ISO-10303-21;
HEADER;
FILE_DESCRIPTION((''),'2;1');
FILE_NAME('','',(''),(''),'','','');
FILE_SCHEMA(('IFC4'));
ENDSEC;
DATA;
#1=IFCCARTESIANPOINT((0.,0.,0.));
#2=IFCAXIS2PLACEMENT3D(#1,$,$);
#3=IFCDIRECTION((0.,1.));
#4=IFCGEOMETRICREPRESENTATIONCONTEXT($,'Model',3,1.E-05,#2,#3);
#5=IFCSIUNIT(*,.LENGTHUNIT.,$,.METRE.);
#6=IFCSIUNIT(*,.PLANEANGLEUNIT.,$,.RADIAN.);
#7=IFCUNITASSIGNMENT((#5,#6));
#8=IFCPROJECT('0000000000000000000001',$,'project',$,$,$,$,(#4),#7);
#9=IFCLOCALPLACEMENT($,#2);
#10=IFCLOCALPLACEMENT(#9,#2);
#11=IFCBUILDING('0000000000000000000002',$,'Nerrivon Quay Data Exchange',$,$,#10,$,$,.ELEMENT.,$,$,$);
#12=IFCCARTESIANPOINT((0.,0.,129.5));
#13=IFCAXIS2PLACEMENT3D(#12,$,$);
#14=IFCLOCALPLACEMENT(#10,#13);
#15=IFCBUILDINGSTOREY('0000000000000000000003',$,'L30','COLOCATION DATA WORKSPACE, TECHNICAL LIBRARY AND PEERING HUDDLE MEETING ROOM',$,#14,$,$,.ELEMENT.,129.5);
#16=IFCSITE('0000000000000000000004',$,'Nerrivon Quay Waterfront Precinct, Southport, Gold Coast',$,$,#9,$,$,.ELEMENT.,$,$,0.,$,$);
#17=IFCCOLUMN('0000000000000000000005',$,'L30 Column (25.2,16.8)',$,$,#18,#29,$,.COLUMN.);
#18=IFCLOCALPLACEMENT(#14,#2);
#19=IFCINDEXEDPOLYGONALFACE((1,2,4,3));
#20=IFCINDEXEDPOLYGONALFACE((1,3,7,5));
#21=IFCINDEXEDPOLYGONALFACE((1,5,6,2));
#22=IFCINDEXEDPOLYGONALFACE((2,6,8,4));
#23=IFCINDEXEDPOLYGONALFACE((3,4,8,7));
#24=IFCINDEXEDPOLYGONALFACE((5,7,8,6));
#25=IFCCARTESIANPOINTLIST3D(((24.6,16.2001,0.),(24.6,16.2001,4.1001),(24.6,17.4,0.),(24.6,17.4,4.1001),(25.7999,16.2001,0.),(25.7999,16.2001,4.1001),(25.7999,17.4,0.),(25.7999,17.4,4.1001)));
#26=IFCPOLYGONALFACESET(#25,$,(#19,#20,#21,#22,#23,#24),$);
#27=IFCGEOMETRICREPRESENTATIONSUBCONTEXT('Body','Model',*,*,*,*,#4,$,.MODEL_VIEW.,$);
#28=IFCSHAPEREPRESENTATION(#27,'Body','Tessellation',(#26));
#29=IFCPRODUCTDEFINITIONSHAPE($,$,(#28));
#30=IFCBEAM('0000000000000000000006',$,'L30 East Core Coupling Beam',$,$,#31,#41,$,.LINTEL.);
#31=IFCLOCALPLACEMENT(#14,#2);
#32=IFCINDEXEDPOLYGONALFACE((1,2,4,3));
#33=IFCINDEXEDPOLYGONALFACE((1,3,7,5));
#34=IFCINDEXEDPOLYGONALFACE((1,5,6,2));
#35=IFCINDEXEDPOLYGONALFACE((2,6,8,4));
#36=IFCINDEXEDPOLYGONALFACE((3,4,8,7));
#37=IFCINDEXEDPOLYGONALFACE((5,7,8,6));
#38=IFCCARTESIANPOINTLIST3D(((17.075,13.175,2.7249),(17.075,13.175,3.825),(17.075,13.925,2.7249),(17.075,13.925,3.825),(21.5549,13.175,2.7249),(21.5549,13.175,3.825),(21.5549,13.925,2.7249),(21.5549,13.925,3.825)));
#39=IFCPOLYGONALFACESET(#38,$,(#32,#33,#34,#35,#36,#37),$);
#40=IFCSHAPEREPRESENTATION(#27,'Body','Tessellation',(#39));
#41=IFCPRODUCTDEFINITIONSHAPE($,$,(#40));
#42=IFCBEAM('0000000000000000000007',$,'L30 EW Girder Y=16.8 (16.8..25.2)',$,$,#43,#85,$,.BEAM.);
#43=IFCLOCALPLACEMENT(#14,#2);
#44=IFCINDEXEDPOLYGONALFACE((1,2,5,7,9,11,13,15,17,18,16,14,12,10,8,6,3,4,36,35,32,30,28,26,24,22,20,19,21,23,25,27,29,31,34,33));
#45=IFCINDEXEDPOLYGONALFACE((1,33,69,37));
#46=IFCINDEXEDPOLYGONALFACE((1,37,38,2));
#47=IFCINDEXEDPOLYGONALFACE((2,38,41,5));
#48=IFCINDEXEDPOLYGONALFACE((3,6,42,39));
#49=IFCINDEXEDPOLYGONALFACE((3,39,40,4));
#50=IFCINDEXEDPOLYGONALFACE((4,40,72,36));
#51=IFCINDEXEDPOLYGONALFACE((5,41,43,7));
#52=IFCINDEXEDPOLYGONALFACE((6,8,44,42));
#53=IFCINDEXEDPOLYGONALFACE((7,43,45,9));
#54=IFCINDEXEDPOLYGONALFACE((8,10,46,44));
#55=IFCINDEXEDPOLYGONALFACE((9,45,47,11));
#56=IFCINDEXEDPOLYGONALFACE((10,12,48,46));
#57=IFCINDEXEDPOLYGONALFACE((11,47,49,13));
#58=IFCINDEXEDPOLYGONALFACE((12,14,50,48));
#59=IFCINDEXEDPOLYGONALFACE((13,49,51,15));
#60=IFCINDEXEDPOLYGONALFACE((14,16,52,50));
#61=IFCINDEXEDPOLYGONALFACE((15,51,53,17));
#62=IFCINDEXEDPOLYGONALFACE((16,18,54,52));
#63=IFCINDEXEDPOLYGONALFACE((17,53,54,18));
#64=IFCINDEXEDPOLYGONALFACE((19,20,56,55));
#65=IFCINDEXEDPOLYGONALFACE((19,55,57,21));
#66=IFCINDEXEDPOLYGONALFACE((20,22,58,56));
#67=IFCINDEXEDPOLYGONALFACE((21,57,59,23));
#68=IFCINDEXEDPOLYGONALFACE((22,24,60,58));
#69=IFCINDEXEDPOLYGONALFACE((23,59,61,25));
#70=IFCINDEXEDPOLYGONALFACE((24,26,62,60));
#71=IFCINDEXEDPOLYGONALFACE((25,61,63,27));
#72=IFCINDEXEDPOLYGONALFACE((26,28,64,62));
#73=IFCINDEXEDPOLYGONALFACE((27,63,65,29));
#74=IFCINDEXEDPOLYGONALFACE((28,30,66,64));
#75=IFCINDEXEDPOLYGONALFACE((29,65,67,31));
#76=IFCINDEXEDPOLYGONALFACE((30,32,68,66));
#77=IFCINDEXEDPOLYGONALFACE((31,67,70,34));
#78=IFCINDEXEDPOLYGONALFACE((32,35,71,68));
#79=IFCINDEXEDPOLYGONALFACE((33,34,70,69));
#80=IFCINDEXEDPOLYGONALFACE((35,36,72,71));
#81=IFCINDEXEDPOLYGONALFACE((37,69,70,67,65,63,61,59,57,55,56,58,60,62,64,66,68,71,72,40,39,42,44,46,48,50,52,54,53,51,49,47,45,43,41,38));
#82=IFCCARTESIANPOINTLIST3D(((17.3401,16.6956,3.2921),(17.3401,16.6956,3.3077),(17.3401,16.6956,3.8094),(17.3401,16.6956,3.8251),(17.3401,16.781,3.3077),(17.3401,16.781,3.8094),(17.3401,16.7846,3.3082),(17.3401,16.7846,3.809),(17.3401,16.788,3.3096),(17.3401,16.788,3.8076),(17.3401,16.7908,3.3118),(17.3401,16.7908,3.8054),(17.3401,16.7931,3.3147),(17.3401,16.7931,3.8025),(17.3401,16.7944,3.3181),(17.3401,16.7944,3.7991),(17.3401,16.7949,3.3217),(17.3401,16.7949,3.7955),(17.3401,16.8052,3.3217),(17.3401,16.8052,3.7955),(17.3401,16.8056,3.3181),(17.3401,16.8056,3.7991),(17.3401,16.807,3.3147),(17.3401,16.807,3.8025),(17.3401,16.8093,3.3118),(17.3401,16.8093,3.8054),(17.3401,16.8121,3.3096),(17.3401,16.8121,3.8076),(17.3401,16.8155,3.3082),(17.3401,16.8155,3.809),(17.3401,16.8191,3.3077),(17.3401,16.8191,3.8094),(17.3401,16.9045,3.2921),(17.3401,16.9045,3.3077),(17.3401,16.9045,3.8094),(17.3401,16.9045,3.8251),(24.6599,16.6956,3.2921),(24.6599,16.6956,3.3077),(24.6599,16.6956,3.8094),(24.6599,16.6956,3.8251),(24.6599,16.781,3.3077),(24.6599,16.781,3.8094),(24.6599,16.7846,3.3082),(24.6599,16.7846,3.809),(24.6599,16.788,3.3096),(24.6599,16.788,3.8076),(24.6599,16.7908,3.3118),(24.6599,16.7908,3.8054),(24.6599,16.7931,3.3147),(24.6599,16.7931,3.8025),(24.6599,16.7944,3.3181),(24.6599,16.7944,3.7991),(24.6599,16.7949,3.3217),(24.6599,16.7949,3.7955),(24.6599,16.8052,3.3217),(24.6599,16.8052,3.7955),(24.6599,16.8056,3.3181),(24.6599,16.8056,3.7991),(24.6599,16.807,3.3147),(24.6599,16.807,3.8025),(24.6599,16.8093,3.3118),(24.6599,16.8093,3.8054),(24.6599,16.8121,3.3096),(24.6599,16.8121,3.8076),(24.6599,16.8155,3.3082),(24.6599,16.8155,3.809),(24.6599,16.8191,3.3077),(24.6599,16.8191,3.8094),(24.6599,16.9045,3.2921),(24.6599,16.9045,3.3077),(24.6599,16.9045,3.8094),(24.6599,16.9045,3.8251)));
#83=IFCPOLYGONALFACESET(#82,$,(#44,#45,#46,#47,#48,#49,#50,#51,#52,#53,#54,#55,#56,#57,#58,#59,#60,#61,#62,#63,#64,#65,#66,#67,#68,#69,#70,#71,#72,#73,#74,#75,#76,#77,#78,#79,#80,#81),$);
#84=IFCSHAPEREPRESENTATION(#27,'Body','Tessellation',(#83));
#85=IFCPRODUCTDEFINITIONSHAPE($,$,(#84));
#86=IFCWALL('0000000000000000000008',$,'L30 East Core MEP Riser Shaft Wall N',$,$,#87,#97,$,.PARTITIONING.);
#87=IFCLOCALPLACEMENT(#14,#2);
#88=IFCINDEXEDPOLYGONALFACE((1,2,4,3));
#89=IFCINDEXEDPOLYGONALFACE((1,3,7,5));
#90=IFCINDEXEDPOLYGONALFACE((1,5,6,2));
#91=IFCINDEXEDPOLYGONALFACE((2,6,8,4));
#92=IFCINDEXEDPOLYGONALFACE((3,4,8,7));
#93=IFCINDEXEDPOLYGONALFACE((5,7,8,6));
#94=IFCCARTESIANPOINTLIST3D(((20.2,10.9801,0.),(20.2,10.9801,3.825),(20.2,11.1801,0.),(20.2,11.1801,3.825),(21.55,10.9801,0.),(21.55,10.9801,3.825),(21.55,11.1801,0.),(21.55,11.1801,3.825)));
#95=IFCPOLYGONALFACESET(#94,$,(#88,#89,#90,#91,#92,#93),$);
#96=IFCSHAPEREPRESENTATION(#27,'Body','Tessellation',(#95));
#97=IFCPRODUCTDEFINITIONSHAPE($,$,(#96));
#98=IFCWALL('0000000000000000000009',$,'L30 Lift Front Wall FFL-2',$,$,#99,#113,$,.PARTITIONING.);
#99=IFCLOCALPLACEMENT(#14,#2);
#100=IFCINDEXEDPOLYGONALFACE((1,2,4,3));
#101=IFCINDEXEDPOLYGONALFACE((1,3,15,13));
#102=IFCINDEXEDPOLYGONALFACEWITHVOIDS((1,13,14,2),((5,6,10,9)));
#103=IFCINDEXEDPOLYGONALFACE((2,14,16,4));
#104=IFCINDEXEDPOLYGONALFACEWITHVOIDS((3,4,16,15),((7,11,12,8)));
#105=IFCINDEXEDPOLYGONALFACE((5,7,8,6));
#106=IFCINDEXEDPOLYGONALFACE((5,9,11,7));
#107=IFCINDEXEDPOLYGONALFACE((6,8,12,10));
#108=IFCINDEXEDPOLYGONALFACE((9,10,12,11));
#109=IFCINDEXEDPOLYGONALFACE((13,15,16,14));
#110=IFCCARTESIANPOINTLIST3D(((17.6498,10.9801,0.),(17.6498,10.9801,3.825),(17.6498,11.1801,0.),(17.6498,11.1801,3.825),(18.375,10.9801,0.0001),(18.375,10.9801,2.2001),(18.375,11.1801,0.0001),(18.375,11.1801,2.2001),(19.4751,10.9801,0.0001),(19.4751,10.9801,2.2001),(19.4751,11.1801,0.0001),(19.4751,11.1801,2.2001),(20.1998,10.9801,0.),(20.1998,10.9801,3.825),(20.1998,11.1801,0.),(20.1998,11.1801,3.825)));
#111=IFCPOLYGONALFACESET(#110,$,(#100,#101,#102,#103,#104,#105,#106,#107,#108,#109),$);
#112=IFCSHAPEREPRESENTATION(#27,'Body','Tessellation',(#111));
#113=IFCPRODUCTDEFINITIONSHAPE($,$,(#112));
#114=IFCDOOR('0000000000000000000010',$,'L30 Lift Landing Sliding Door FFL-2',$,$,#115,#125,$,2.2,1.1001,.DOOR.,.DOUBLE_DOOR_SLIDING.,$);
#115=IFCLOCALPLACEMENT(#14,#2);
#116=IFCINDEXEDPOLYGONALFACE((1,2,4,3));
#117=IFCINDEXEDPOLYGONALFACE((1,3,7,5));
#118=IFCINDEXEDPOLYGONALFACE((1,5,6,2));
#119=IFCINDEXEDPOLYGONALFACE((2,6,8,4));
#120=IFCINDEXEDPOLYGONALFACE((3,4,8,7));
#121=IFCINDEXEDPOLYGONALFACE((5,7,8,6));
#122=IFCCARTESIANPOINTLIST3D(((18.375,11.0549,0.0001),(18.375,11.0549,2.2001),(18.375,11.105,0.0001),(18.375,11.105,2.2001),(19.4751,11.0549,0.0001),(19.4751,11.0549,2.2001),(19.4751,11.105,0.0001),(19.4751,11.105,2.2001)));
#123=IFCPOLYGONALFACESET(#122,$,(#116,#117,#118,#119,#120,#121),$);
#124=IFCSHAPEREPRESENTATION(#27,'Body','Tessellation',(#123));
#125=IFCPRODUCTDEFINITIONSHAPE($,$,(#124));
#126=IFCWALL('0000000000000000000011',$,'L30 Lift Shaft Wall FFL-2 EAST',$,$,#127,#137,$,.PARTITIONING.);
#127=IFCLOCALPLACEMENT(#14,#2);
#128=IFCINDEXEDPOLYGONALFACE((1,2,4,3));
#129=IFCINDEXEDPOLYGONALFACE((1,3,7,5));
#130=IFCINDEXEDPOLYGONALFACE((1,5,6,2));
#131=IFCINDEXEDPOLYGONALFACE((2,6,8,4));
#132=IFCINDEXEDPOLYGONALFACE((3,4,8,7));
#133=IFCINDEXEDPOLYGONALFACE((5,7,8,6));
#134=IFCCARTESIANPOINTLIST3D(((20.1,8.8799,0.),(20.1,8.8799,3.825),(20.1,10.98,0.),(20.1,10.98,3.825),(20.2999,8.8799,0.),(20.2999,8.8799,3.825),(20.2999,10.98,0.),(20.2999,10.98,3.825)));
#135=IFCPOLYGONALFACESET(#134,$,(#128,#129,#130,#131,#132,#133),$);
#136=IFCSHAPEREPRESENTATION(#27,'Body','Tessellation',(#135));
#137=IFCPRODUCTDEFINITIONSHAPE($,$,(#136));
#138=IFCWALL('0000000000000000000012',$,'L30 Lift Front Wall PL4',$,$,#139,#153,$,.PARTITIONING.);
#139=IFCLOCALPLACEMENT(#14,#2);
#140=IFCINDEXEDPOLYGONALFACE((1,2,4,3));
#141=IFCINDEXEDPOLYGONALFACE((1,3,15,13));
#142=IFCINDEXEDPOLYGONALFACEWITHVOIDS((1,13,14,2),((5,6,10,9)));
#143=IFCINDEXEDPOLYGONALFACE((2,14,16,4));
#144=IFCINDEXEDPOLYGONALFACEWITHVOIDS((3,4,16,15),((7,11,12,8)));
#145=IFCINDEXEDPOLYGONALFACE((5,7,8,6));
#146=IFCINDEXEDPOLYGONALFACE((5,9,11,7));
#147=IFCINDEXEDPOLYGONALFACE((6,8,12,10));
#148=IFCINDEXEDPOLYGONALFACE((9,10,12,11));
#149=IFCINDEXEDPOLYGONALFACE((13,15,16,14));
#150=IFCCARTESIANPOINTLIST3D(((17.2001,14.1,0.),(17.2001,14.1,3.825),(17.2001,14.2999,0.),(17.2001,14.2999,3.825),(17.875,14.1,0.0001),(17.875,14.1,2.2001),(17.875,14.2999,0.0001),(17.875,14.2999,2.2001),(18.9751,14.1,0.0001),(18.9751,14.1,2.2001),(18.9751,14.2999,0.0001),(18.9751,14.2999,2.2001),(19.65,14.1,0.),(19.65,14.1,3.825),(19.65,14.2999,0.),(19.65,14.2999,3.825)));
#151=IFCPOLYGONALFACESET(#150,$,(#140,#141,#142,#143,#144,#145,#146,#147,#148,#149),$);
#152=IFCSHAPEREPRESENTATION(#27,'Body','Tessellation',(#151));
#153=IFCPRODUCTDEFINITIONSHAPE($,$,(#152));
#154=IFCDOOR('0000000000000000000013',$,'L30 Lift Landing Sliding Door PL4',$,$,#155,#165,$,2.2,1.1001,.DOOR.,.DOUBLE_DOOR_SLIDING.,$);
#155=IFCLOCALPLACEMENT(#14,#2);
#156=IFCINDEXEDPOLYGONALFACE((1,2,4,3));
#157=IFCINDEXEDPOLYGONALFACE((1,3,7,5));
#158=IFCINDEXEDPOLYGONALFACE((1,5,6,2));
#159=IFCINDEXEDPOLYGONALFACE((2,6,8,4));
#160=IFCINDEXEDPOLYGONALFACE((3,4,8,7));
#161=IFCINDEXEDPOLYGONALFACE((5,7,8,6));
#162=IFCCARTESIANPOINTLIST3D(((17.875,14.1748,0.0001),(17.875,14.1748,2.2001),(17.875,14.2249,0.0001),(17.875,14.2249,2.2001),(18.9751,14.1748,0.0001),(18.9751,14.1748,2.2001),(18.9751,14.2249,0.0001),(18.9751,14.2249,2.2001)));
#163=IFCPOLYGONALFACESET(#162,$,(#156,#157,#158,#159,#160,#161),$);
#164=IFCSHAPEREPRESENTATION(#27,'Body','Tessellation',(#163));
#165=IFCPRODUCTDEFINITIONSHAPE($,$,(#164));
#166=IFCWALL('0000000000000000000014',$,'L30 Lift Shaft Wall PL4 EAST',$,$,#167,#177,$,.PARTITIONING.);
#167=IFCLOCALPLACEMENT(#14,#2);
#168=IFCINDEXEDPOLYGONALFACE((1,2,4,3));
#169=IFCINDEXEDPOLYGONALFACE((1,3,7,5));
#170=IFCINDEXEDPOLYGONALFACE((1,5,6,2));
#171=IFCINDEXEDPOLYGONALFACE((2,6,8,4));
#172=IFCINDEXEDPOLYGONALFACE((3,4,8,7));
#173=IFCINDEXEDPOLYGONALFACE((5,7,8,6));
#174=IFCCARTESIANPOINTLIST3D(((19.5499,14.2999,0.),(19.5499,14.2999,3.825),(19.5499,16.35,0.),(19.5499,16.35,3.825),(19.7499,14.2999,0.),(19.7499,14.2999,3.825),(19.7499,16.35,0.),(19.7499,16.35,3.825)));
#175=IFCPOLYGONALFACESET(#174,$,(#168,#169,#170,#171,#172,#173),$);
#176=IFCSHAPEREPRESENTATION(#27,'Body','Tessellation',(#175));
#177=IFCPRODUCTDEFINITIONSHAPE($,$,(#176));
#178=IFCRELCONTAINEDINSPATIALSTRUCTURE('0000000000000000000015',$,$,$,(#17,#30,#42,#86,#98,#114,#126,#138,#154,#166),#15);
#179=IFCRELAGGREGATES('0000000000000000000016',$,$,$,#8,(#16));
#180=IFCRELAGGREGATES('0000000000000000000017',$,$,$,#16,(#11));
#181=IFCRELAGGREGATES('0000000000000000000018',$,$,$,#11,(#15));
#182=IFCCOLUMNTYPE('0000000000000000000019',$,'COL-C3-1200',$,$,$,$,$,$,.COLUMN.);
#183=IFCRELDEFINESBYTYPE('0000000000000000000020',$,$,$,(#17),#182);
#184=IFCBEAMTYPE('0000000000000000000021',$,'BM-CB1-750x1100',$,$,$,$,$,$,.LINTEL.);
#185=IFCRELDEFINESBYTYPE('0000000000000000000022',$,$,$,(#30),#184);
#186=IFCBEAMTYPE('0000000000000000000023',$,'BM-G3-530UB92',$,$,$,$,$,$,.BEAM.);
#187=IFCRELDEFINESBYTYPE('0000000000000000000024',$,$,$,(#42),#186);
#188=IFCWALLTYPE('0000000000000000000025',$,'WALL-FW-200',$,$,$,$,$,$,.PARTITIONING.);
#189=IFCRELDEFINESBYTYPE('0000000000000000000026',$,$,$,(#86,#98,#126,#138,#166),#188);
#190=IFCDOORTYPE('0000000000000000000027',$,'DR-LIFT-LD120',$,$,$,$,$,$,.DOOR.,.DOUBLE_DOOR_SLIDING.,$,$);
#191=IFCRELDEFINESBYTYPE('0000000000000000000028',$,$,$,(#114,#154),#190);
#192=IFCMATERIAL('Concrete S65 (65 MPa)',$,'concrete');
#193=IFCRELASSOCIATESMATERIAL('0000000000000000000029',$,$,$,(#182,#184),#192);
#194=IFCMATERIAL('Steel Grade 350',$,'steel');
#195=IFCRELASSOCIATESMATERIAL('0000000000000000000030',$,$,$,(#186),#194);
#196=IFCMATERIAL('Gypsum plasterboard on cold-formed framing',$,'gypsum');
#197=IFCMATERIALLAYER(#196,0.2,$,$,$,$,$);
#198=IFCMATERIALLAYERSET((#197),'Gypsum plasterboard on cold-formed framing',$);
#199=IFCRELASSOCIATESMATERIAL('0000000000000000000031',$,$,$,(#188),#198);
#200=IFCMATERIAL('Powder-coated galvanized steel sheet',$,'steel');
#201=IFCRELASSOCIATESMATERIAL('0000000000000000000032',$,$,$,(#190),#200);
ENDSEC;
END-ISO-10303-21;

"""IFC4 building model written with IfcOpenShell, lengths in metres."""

from ifc_helpers import new_model, si_unit, direction, frame, frame_2d, origin, origin_2d, place, context, subcontext, project, spatial, rectangle, i_section, extrude, material, layer, layer_set, material_profile, profile_set, type_object, element, fill, save


model = new_model("IFC4")

# Units and contexts
model_context = context("Model", 3, precision=1e-05, world=origin(), true_north=direction((0.0, 1.0)))
body_context = subcontext(model_context, "Body", "Model", "MODEL_VIEW")
ifc_project = project(units=[si_unit("LENGTHUNIT", "METRE"), si_unit("PLANEANGLEUNIT", "RADIAN")], contexts=[model_context])

# Site, building, storey
site_placement = place(None, origin())
site = spatial("IfcSite", under=ifc_project, at=site_placement, Name="Nerrivon Quay Waterfront Precinct, Southport, Gold Coast", CompositionType="ELEMENT", RefElevation=0.0)
building_placement = place(site_placement, origin())
building = spatial("IfcBuilding", under=site, at=building_placement, Name="Nerrivon Quay Data Exchange", CompositionType="ELEMENT")
storey_placement = place(building_placement, frame((0.0, 0.0, 129.5)))
storey = spatial("IfcBuildingStorey", under=building, at=storey_placement, Name="L30", Description="COLOCATION DATA WORKSPACE, TECHNICAL LIBRARY AND PEERING HUDDLE MEETING ROOM", CompositionType="ELEMENT", Elevation=129.5)

# Column
ifc_material_1 = material(Name="Concrete S65 (65 MPa)", Category="concrete")
ifc_material_profile_1 = material_profile(ifc_material_1, rectangle(XDim=1.2, YDim=1.2, at=origin_2d()), Name="RC-COL-1200x1200")
ifc_profile_set_1 = profile_set([ifc_material_profile_1], Name="Concrete S65 (65 MPa)")
column_type = type_object("IfcColumnType", Name="COL-C3-1200", PredefinedType="COLUMN", material=ifc_profile_set_1)
column_placement = place(storey_placement, frame((25.2, 16.8, 0.0), z_axis=(0.0, 0.0, 1.0), x_axis=(1.0, 0.0, 0.0)))
element("IfcColumn", 1, at=column_placement, inside=storey, type_object=column_type, Name="L30 Column (25.2,16.8)", PredefinedType="COLUMN", context=body_context, shape_type="SweptSolid", body=[
    extrude(rectangle(XDim=1.2, YDim=1.2, at=origin_2d()), origin(), (0.0, 0.0, 1.0), 4.1001),
])

# Beams
ifc_material_profile_2 = material_profile(ifc_material_1, rectangle(XDim=0.75, YDim=1.1001, at=origin_2d()), Name="RC-CB-750x1100")
ifc_profile_set_2 = profile_set([ifc_material_profile_2], Name="Concrete S65 (65 MPa)")
beam_type_1 = type_object("IfcBeamType", Name="BM-CB1-750x1100", PredefinedType="LINTEL", material=ifc_profile_set_2)
beam_1_placement = place(storey_placement, frame((17.075, 13.55, 3.2749), z_axis=(1.0, 0.0, 0.0), x_axis=(0.0, 1.0, 0.0)))
element("IfcBeam", 2, at=beam_1_placement, inside=storey, type_object=beam_type_1, Name="L30 East Core Coupling Beam", PredefinedType="LINTEL", context=body_context, shape_type="SweptSolid", body=[
    extrude(rectangle(XDim=0.75, YDim=1.1001, at=origin_2d()), origin(), (0.0, 0.0, 1.0), 4.48),
])
ifc_material_2 = material(Name="Steel Grade 350", Category="steel")
ifc_material_profile_3 = material_profile(ifc_material_2, i_section(OverallWidth=0.209, OverallDepth=0.533, WebThickness=0.0103, FlangeThickness=0.0156, FilletRadius=0.0139, at=origin_2d()), Name="530UB92.4")
ifc_profile_set_3 = profile_set([ifc_material_profile_3], Name="Steel Grade 350")
beam_type_2 = type_object("IfcBeamType", Name="BM-G3-530UB92", PredefinedType="BEAM", material=ifc_profile_set_3)
beam_2_placement = place(storey_placement, frame((17.3401, 16.8, 3.5586), z_axis=(1.0, 0.0, 0.0), x_axis=(0.0, 1.0, 0.0)))
element("IfcBeam", 3, at=beam_2_placement, inside=storey, type_object=beam_type_2, Name="L30 EW Girder Y=16.8 (16.8..25.2)", PredefinedType="BEAM", context=body_context, shape_type="SweptSolid", body=[
    extrude(i_section(OverallWidth=0.209, OverallDepth=0.533, WebThickness=0.0103, FlangeThickness=0.0156, FilletRadius=0.0139, at=origin_2d()), origin(), (0.0, 0.0, 1.0), 7.3198),
])

# Wall
ifc_material_3 = material(Name="Gypsum plasterboard on cold-formed framing", Category="gypsum")
ifc_layer_1 = layer(ifc_material_3, 0.2)
ifc_layer_set_1 = layer_set([ifc_layer_1], Name="Gypsum plasterboard on cold-formed framing")
wall_type_1 = type_object("IfcWallType", Name="WALL-FW-200", PredefinedType="PARTITIONING", material=ifc_layer_set_1)
wall_1_placement = place(storey_placement, frame((20.2, 11.0801, 0.0), z_axis=(0.0, 0.0, 1.0), x_axis=(1.0, 0.0, 0.0)))
element("IfcWall", 4, at=wall_1_placement, inside=storey, type_object=wall_type_1, Name="L30 East Core MEP Riser Shaft Wall N", PredefinedType="PARTITIONING", context=body_context, shape_type="SweptSolid", body=[
    extrude(rectangle(XDim=1.3501, YDim=0.2, at=frame_2d((0.675, 0.0))), origin(), (0.0, 0.0, 1.0), 3.825),
])

# Wall, opening, door
wall_2_placement = place(storey_placement, frame((17.6499, 11.0801, 0.0), z_axis=(0.0, 0.0, 1.0), x_axis=(1.0, 0.0, 0.0)))
wall_2 = element("IfcWall", 5, at=wall_2_placement, inside=storey, type_object=wall_type_1, Name="L30 Lift Front Wall FFL-2", PredefinedType="PARTITIONING", context=body_context, shape_type="SweptSolid", body=[
    extrude(rectangle(XDim=2.55, YDim=0.2, at=frame_2d((1.2749, 0.0))), origin(), (0.0, 0.0, 1.0), 3.825),
])
opening_1_placement = place(wall_2_placement, frame((0.7251, 0.0, 0.0)))
opening_1 = element("IfcOpeningElement", 6, at=opening_1_placement, cuts=wall_2, PredefinedType="OPENING", context=body_context, shape_type="SweptSolid", body=[
    extrude(rectangle(XDim=1.1001, YDim=2.2, at=frame_2d((0.55, 1.1001))), frame((0.0, 0.1099, 0.0), z_axis=(0.0, -1.0, 0.0), x_axis=(1.0, 0.0, 0.0)), (0.0, 0.0, 1.0), 0.22),
])
ifc_material_4 = material(Name="Powder-coated galvanized steel sheet", Category="steel")
door_type_1 = type_object("IfcDoorType", Name="DR-LIFT-LD120", OperationType="DOUBLE_DOOR_SLIDING", PredefinedType="DOOR", material=ifc_material_4)
door_1_placement = place(opening_1_placement, origin())
door_1 = element("IfcDoor", 7, at=door_1_placement, inside=storey, type_object=door_type_1, Name="L30 Lift Landing Sliding Door FFL-2", OperationType="DOUBLE_DOOR_SLIDING", OverallHeight=2.2, OverallWidth=1.1001, PredefinedType="DOOR", context=body_context, shape_type="SweptSolid", body=[
    extrude(rectangle(XDim=1.1001, YDim=2.2, at=frame_2d((0.55, 1.1001))), frame((0.0, 0.0249, 0.0), z_axis=(0.0, -1.0, 0.0), x_axis=(1.0, 0.0, 0.0)), (0.0, 0.0, 1.0), 0.05),
])
fill(opening_1, door_1)

# Wall
wall_3_placement = place(storey_placement, frame((20.2, 8.8799, 0.0), z_axis=(0.0, 0.0, 1.0), x_axis=(0.0, 1.0, 0.0)))
element("IfcWall", 8, at=wall_3_placement, inside=storey, type_object=wall_type_1, Name="L30 Lift Shaft Wall FFL-2 EAST", PredefinedType="PARTITIONING", context=body_context, shape_type="SweptSolid", body=[
    extrude(rectangle(XDim=2.1001, YDim=0.2, at=frame_2d((1.05, 0.0))), origin(), (0.0, 0.0, 1.0), 3.825),
])

# Wall, opening, door
wall_4_placement = place(storey_placement, frame((17.2, 14.2, 0.0), z_axis=(0.0, 0.0, 1.0), x_axis=(1.0, 0.0, 0.0)))
wall_4 = element("IfcWall", 9, at=wall_4_placement, inside=storey, type_object=wall_type_1, Name="L30 Lift Front Wall PL4", PredefinedType="PARTITIONING", context=body_context, shape_type="SweptSolid", body=[
    extrude(rectangle(XDim=2.45, YDim=0.2, at=frame_2d((1.2251, 0.0))), origin(), (0.0, 0.0, 1.0), 3.825),
])
opening_2_placement = place(wall_4_placement, frame((0.675, 0.0, 0.0)))
opening_2 = element("IfcOpeningElement", 10, at=opening_2_placement, cuts=wall_4, PredefinedType="OPENING", context=body_context, shape_type="SweptSolid", body=[
    extrude(rectangle(XDim=1.1001, YDim=2.2, at=frame_2d((0.55, 1.1001))), frame((0.0, 0.1099, 0.0), z_axis=(0.0, -1.0, 0.0), x_axis=(1.0, 0.0, 0.0)), (0.0, 0.0, 1.0), 0.22),
])
door_2_placement = place(opening_2_placement, origin())
door_2 = element("IfcDoor", 11, at=door_2_placement, inside=storey, type_object=door_type_1, Name="L30 Lift Landing Sliding Door PL4", OperationType="DOUBLE_DOOR_SLIDING", OverallHeight=2.2, OverallWidth=1.1001, PredefinedType="DOOR", context=body_context, shape_type="SweptSolid", body=[
    extrude(rectangle(XDim=1.1001, YDim=2.2, at=frame_2d((0.55, 1.1001))), frame((0.0, 0.0249, 0.0), z_axis=(0.0, -1.0, 0.0), x_axis=(1.0, 0.0, 0.0)), (0.0, 0.0, 1.0), 0.05),
])
fill(opening_2, door_2)

# Wall
wall_5_placement = place(storey_placement, frame((19.6499, 14.3, 0.0), z_axis=(0.0, 0.0, 1.0), x_axis=(0.0, 1.0, 0.0)))
element("IfcWall", 12, at=wall_5_placement, inside=storey, type_object=wall_type_1, Name="L30 Lift Shaft Wall PL4 EAST", PredefinedType="PARTITIONING", context=body_context, shape_type="SweptSolid", body=[
    extrude(rectangle(XDim=2.05, YDim=0.2, at=frame_2d((1.0249, 0.0))), origin(), (0.0, 0.0, 1.0), 3.825),
])

save(model, "model.ifc")
